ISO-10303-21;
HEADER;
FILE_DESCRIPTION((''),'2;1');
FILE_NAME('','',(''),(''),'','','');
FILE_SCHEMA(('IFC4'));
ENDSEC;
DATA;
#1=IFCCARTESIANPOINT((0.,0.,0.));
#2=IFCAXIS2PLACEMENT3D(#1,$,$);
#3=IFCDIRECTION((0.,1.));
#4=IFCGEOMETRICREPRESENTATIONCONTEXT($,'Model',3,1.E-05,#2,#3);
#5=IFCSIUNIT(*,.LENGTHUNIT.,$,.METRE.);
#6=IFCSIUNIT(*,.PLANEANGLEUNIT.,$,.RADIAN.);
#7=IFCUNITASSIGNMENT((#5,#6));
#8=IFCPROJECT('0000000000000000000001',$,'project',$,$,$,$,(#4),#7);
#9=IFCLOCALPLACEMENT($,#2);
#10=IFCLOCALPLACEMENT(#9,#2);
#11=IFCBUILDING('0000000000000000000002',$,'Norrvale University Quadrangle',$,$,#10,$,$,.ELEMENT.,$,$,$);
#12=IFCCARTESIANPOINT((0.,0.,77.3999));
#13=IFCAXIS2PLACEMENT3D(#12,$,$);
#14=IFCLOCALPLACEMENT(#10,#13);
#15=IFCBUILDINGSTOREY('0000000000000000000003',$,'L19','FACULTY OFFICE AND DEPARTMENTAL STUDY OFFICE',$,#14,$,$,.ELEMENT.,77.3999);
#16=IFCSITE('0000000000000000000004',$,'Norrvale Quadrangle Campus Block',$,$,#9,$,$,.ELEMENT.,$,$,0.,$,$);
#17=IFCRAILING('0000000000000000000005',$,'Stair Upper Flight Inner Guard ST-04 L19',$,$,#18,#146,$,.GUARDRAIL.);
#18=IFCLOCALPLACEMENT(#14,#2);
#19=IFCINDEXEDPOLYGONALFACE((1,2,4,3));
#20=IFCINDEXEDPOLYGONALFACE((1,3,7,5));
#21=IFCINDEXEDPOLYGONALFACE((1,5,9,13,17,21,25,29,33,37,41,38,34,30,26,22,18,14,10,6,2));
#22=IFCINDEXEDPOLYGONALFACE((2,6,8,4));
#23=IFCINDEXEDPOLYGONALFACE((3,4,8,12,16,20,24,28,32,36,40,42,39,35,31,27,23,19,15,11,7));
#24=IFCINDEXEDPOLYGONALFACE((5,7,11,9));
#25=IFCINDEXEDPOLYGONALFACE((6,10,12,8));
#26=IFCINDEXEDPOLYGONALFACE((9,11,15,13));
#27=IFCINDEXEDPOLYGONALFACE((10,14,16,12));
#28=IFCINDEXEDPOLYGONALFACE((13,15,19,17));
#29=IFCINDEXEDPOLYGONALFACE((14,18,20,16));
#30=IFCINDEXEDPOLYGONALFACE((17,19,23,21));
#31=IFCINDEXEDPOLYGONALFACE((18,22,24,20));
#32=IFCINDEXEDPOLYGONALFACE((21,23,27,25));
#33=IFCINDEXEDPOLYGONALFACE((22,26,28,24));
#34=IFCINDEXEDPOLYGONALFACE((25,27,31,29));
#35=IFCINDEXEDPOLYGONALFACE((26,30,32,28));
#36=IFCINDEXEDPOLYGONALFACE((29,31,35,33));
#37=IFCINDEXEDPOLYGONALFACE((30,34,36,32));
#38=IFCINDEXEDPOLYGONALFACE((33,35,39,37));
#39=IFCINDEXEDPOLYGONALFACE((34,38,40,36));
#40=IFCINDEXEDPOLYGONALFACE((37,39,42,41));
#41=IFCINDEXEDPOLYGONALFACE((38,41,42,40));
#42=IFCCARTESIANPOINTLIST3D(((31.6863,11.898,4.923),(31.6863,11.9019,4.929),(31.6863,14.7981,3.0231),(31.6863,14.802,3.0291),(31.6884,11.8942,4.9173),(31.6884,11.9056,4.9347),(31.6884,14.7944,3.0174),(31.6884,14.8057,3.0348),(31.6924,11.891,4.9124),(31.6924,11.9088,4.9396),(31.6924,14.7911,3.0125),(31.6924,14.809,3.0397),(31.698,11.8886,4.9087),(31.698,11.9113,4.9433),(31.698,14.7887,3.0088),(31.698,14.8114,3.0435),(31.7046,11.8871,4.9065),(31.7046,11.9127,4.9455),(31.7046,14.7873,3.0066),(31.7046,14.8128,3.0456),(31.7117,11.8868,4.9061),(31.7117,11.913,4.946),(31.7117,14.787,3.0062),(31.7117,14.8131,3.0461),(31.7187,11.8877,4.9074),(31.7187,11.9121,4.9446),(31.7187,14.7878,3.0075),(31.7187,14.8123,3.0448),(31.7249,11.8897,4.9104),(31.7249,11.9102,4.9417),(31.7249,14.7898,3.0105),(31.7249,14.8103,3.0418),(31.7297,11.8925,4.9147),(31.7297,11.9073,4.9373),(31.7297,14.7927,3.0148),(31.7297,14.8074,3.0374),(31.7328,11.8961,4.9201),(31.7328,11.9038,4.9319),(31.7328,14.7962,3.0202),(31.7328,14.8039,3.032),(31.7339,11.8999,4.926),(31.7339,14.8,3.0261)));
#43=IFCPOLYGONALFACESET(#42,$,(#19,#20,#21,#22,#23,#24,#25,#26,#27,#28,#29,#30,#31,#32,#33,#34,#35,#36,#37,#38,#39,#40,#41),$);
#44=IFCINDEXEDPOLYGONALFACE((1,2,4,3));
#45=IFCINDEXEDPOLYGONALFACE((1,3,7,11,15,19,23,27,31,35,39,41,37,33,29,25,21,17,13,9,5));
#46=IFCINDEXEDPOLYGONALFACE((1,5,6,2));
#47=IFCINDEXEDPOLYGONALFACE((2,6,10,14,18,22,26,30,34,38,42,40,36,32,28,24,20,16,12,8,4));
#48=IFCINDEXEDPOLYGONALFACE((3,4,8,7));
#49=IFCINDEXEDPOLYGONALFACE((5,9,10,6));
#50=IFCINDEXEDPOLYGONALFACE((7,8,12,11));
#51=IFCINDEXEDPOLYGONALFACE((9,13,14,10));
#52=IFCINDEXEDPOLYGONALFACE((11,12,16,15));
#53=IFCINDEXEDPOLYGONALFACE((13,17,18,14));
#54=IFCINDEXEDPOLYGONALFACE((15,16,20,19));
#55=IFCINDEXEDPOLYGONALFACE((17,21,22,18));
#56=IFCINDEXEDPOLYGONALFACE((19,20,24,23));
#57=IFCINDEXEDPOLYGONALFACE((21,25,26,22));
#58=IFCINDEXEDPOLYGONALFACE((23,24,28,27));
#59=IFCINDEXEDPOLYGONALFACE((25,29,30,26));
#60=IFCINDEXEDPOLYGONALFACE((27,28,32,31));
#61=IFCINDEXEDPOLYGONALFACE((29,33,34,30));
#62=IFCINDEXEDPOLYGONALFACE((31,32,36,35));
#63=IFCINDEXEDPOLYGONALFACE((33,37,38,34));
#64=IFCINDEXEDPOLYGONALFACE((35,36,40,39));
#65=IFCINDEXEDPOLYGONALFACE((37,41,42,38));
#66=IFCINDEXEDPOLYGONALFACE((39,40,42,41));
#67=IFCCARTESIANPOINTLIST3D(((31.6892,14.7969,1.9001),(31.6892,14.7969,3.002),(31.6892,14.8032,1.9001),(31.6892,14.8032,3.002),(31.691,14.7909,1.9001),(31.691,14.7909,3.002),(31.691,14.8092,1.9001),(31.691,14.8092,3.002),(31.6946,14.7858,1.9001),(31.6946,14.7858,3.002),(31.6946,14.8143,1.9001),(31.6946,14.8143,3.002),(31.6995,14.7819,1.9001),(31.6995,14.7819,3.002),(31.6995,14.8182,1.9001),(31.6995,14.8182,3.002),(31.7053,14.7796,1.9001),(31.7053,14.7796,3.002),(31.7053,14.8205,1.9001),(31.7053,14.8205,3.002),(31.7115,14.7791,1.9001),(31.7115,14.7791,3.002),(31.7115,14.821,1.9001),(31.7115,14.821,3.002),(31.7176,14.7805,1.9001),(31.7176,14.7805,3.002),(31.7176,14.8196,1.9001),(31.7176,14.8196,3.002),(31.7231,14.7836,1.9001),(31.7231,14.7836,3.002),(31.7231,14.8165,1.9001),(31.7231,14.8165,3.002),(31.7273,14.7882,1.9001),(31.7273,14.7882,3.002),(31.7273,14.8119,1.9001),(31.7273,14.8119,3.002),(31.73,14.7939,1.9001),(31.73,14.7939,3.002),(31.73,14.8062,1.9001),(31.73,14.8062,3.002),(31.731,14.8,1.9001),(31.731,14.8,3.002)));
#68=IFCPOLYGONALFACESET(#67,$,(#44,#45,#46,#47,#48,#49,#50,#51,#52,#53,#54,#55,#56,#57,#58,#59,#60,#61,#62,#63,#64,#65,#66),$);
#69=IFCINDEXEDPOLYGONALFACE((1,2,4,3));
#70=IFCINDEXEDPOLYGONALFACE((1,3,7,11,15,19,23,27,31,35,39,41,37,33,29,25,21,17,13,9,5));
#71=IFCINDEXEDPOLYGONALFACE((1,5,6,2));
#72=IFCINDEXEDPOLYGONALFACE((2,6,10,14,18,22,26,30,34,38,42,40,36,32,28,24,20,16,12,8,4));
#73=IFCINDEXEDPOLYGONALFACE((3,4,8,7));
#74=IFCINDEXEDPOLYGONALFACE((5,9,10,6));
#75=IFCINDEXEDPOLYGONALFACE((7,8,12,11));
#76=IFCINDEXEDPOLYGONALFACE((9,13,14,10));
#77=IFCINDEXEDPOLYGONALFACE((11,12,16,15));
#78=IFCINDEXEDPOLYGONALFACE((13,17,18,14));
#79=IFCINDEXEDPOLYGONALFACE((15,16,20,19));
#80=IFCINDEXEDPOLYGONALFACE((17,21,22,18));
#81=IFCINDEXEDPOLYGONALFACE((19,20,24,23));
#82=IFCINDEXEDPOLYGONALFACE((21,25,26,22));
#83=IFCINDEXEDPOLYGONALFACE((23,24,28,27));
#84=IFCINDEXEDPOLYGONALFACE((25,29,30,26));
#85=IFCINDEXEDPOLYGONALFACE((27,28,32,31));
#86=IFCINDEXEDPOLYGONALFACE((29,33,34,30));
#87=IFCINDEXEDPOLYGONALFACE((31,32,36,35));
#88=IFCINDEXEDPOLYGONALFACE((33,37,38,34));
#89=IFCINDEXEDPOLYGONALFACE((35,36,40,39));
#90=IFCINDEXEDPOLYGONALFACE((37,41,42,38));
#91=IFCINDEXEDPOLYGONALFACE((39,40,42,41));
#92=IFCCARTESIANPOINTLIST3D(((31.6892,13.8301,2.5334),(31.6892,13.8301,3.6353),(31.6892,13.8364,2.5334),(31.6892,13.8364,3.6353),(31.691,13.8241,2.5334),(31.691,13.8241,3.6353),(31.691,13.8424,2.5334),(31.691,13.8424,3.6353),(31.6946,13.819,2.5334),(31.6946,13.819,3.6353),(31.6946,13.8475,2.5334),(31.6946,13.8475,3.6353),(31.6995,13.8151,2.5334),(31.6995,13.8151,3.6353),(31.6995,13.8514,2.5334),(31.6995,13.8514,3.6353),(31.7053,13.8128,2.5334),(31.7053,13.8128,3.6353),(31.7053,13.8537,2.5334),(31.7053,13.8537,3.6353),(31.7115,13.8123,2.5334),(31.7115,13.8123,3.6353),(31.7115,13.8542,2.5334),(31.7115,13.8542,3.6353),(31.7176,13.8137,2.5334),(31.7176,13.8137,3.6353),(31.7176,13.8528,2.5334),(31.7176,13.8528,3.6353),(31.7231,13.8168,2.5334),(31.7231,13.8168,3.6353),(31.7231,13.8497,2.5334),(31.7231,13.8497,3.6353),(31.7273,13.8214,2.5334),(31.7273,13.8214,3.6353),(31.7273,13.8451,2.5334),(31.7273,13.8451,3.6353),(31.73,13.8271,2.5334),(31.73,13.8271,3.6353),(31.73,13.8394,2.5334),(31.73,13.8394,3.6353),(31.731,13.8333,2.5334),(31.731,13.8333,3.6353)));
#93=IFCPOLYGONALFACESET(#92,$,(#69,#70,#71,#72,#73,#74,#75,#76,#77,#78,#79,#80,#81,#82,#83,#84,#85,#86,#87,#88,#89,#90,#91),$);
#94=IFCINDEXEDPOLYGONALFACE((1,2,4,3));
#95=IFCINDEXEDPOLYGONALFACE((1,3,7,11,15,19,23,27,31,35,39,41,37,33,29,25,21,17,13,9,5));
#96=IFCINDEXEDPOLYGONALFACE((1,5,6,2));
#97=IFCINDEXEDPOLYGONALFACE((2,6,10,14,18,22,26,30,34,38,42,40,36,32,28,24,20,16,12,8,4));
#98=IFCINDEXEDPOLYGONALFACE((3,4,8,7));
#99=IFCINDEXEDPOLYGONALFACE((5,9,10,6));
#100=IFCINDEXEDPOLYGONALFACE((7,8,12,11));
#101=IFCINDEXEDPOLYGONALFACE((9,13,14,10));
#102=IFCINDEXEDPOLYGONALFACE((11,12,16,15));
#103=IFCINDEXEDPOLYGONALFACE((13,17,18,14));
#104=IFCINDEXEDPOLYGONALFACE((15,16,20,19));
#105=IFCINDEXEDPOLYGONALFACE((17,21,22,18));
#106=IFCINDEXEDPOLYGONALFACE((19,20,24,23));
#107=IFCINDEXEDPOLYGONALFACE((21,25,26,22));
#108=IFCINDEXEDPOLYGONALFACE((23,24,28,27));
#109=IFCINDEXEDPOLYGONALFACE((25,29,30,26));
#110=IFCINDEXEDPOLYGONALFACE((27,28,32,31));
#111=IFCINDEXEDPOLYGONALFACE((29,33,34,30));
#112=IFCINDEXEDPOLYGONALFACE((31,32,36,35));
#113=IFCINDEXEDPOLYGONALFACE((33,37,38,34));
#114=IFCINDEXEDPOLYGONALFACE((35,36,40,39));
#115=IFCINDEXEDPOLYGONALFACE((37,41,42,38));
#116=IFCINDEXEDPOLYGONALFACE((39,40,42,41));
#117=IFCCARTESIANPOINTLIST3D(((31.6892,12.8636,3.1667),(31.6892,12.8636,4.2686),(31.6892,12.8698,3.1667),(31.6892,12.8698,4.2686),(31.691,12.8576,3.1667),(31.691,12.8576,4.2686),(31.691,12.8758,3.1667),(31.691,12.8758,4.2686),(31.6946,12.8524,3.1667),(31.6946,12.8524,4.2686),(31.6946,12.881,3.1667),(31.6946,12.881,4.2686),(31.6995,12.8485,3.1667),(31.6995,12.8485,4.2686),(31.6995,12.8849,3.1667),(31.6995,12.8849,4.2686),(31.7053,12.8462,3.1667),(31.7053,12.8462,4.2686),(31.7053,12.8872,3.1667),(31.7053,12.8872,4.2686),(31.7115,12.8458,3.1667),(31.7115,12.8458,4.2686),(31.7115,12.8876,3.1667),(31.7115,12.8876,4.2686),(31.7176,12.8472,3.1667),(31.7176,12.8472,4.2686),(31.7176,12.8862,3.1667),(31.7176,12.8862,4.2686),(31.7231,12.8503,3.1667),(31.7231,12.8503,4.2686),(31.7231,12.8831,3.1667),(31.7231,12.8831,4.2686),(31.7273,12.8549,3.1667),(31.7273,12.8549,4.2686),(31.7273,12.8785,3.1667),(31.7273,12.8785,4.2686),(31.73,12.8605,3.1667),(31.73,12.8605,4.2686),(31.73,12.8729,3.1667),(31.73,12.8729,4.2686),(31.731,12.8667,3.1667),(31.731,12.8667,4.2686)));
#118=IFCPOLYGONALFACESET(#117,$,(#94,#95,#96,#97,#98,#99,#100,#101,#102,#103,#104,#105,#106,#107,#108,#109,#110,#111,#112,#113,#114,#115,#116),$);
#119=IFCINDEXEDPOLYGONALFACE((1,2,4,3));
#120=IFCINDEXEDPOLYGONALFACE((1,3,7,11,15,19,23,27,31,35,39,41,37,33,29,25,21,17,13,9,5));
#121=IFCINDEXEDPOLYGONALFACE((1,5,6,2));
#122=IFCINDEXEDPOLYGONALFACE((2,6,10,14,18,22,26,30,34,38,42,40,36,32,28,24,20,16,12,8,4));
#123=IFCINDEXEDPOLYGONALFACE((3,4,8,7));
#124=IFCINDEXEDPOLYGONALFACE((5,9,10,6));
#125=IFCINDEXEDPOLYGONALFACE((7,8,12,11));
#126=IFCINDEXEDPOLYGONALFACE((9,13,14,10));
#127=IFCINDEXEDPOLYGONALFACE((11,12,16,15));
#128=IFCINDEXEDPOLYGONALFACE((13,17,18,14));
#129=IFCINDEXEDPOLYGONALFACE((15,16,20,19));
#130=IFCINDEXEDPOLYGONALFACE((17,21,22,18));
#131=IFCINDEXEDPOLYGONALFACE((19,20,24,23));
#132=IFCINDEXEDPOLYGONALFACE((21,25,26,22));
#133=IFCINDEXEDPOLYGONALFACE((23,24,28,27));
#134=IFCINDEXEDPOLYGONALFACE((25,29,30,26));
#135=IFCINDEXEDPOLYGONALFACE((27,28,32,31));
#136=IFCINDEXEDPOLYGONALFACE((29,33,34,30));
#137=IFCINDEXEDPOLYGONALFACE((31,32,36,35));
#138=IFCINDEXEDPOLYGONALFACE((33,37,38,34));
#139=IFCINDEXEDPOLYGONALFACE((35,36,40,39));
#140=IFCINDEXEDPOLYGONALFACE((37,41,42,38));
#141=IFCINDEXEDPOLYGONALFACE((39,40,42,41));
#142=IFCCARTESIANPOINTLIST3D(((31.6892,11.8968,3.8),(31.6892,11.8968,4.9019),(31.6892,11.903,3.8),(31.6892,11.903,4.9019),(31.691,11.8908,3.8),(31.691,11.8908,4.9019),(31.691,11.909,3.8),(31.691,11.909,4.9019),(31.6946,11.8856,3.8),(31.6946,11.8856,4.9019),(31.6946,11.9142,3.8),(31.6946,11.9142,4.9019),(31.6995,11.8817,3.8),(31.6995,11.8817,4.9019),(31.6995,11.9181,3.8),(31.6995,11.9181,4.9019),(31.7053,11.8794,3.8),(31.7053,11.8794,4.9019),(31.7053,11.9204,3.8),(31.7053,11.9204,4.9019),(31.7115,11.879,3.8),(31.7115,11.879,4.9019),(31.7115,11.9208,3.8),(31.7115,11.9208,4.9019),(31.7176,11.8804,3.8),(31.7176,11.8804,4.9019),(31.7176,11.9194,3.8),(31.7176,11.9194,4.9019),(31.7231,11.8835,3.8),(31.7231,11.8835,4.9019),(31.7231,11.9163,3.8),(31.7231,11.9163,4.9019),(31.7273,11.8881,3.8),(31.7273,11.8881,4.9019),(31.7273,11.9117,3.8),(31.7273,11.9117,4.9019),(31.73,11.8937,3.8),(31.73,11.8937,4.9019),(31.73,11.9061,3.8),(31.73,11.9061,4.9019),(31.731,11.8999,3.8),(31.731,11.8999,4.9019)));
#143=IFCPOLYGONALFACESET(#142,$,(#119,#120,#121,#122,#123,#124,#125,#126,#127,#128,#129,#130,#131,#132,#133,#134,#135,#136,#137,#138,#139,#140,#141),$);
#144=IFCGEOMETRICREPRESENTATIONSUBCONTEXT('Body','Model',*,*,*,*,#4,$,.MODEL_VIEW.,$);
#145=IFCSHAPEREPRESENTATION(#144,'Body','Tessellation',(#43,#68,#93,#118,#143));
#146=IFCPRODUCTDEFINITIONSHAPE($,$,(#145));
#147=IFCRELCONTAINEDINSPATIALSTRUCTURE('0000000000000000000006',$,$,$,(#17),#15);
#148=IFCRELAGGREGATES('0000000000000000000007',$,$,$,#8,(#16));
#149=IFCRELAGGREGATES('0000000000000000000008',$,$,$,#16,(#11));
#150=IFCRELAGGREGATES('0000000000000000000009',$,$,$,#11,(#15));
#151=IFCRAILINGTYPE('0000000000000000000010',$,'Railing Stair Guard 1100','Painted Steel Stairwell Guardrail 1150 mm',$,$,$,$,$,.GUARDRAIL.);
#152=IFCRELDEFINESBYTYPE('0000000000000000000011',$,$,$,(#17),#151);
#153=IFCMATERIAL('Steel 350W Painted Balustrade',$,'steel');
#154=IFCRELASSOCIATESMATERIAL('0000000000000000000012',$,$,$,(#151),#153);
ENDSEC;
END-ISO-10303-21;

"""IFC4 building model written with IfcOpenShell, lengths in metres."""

from ifc_helpers import new_model, si_unit, direction, frame, origin, origin_2d, place, context, subcontext, project, spatial, circle, extrude, material, type_object, element, save


model = new_model("IFC4")

# Units and contexts
model_context = context("Model", 3, precision=1e-05, world=origin(), true_north=direction((0.0, 1.0)))
body_context = subcontext(model_context, "Body", "Model", "MODEL_VIEW")
ifc_project = project(units=[si_unit("LENGTHUNIT", "METRE"), si_unit("PLANEANGLEUNIT", "RADIAN")], contexts=[model_context])

# Site, building, storey
site_placement = place(None, origin())
site = spatial("IfcSite", under=ifc_project, at=site_placement, Name="Norrvale Quadrangle Campus Block", CompositionType="ELEMENT", RefElevation=0.0)
building_placement = place(site_placement, origin())
building = spatial("IfcBuilding", under=site, at=building_placement, Name="Norrvale University Quadrangle", CompositionType="ELEMENT")
storey_placement = place(building_placement, frame((0.0, 0.0, 77.3999)))
storey = spatial("IfcBuildingStorey", under=building, at=storey_placement, Name="L19", Description="FACULTY OFFICE AND DEPARTMENTAL STUDY OFFICE", CompositionType="ELEMENT", Elevation=77.3999)

# Railing
ifc_material_1 = material(Name="Steel 350W Painted Balustrade", Category="steel")
railing_type_1 = type_object("IfcRailingType", Name="Railing Stair Guard 1100", Description="Painted Steel Stairwell Guardrail 1150 mm", PredefinedType="GUARDRAIL", material=ifc_material_1)
railing_1_placement = place(storey_placement, frame((31.71, 14.8, 1.9001)))
element("IfcRailing", 1, at=railing_1_placement, inside=storey, type_object=railing_type_1, Name="Stair Upper Flight Inner Guard ST-04 L19", PredefinedType="GUARDRAIL", context=body_context, shape_type="SweptSolid", body=[
    extrude(circle(Radius=0.0239, at=origin_2d()), frame((0.0, 0.0, 1.126), z_axis=(0.0, -0.836487, 0.547987), x_axis=(1.0, 0.0, 0.0)), (0.0, 0.0, 1.0), 3.467),
    extrude(circle(Radius=0.021, at=origin_2d()), origin(), (0.0, 0.0, 1.0), 1.1018),
    extrude(circle(Radius=0.021, at=origin_2d()), frame((0.0, -0.9668, 0.6333)), (0.0, 0.0, 1.0), 1.1018),
    extrude(circle(Radius=0.021, at=origin_2d()), frame((0.0, -1.9333, 1.2666)), (0.0, 0.0, 1.0), 1.1018),
    extrude(circle(Radius=0.021, at=origin_2d()), frame((0.0, -2.9001, 1.8999)), (0.0, 0.0, 1.0), 1.1018),
])

save(model, "model.ifc")
